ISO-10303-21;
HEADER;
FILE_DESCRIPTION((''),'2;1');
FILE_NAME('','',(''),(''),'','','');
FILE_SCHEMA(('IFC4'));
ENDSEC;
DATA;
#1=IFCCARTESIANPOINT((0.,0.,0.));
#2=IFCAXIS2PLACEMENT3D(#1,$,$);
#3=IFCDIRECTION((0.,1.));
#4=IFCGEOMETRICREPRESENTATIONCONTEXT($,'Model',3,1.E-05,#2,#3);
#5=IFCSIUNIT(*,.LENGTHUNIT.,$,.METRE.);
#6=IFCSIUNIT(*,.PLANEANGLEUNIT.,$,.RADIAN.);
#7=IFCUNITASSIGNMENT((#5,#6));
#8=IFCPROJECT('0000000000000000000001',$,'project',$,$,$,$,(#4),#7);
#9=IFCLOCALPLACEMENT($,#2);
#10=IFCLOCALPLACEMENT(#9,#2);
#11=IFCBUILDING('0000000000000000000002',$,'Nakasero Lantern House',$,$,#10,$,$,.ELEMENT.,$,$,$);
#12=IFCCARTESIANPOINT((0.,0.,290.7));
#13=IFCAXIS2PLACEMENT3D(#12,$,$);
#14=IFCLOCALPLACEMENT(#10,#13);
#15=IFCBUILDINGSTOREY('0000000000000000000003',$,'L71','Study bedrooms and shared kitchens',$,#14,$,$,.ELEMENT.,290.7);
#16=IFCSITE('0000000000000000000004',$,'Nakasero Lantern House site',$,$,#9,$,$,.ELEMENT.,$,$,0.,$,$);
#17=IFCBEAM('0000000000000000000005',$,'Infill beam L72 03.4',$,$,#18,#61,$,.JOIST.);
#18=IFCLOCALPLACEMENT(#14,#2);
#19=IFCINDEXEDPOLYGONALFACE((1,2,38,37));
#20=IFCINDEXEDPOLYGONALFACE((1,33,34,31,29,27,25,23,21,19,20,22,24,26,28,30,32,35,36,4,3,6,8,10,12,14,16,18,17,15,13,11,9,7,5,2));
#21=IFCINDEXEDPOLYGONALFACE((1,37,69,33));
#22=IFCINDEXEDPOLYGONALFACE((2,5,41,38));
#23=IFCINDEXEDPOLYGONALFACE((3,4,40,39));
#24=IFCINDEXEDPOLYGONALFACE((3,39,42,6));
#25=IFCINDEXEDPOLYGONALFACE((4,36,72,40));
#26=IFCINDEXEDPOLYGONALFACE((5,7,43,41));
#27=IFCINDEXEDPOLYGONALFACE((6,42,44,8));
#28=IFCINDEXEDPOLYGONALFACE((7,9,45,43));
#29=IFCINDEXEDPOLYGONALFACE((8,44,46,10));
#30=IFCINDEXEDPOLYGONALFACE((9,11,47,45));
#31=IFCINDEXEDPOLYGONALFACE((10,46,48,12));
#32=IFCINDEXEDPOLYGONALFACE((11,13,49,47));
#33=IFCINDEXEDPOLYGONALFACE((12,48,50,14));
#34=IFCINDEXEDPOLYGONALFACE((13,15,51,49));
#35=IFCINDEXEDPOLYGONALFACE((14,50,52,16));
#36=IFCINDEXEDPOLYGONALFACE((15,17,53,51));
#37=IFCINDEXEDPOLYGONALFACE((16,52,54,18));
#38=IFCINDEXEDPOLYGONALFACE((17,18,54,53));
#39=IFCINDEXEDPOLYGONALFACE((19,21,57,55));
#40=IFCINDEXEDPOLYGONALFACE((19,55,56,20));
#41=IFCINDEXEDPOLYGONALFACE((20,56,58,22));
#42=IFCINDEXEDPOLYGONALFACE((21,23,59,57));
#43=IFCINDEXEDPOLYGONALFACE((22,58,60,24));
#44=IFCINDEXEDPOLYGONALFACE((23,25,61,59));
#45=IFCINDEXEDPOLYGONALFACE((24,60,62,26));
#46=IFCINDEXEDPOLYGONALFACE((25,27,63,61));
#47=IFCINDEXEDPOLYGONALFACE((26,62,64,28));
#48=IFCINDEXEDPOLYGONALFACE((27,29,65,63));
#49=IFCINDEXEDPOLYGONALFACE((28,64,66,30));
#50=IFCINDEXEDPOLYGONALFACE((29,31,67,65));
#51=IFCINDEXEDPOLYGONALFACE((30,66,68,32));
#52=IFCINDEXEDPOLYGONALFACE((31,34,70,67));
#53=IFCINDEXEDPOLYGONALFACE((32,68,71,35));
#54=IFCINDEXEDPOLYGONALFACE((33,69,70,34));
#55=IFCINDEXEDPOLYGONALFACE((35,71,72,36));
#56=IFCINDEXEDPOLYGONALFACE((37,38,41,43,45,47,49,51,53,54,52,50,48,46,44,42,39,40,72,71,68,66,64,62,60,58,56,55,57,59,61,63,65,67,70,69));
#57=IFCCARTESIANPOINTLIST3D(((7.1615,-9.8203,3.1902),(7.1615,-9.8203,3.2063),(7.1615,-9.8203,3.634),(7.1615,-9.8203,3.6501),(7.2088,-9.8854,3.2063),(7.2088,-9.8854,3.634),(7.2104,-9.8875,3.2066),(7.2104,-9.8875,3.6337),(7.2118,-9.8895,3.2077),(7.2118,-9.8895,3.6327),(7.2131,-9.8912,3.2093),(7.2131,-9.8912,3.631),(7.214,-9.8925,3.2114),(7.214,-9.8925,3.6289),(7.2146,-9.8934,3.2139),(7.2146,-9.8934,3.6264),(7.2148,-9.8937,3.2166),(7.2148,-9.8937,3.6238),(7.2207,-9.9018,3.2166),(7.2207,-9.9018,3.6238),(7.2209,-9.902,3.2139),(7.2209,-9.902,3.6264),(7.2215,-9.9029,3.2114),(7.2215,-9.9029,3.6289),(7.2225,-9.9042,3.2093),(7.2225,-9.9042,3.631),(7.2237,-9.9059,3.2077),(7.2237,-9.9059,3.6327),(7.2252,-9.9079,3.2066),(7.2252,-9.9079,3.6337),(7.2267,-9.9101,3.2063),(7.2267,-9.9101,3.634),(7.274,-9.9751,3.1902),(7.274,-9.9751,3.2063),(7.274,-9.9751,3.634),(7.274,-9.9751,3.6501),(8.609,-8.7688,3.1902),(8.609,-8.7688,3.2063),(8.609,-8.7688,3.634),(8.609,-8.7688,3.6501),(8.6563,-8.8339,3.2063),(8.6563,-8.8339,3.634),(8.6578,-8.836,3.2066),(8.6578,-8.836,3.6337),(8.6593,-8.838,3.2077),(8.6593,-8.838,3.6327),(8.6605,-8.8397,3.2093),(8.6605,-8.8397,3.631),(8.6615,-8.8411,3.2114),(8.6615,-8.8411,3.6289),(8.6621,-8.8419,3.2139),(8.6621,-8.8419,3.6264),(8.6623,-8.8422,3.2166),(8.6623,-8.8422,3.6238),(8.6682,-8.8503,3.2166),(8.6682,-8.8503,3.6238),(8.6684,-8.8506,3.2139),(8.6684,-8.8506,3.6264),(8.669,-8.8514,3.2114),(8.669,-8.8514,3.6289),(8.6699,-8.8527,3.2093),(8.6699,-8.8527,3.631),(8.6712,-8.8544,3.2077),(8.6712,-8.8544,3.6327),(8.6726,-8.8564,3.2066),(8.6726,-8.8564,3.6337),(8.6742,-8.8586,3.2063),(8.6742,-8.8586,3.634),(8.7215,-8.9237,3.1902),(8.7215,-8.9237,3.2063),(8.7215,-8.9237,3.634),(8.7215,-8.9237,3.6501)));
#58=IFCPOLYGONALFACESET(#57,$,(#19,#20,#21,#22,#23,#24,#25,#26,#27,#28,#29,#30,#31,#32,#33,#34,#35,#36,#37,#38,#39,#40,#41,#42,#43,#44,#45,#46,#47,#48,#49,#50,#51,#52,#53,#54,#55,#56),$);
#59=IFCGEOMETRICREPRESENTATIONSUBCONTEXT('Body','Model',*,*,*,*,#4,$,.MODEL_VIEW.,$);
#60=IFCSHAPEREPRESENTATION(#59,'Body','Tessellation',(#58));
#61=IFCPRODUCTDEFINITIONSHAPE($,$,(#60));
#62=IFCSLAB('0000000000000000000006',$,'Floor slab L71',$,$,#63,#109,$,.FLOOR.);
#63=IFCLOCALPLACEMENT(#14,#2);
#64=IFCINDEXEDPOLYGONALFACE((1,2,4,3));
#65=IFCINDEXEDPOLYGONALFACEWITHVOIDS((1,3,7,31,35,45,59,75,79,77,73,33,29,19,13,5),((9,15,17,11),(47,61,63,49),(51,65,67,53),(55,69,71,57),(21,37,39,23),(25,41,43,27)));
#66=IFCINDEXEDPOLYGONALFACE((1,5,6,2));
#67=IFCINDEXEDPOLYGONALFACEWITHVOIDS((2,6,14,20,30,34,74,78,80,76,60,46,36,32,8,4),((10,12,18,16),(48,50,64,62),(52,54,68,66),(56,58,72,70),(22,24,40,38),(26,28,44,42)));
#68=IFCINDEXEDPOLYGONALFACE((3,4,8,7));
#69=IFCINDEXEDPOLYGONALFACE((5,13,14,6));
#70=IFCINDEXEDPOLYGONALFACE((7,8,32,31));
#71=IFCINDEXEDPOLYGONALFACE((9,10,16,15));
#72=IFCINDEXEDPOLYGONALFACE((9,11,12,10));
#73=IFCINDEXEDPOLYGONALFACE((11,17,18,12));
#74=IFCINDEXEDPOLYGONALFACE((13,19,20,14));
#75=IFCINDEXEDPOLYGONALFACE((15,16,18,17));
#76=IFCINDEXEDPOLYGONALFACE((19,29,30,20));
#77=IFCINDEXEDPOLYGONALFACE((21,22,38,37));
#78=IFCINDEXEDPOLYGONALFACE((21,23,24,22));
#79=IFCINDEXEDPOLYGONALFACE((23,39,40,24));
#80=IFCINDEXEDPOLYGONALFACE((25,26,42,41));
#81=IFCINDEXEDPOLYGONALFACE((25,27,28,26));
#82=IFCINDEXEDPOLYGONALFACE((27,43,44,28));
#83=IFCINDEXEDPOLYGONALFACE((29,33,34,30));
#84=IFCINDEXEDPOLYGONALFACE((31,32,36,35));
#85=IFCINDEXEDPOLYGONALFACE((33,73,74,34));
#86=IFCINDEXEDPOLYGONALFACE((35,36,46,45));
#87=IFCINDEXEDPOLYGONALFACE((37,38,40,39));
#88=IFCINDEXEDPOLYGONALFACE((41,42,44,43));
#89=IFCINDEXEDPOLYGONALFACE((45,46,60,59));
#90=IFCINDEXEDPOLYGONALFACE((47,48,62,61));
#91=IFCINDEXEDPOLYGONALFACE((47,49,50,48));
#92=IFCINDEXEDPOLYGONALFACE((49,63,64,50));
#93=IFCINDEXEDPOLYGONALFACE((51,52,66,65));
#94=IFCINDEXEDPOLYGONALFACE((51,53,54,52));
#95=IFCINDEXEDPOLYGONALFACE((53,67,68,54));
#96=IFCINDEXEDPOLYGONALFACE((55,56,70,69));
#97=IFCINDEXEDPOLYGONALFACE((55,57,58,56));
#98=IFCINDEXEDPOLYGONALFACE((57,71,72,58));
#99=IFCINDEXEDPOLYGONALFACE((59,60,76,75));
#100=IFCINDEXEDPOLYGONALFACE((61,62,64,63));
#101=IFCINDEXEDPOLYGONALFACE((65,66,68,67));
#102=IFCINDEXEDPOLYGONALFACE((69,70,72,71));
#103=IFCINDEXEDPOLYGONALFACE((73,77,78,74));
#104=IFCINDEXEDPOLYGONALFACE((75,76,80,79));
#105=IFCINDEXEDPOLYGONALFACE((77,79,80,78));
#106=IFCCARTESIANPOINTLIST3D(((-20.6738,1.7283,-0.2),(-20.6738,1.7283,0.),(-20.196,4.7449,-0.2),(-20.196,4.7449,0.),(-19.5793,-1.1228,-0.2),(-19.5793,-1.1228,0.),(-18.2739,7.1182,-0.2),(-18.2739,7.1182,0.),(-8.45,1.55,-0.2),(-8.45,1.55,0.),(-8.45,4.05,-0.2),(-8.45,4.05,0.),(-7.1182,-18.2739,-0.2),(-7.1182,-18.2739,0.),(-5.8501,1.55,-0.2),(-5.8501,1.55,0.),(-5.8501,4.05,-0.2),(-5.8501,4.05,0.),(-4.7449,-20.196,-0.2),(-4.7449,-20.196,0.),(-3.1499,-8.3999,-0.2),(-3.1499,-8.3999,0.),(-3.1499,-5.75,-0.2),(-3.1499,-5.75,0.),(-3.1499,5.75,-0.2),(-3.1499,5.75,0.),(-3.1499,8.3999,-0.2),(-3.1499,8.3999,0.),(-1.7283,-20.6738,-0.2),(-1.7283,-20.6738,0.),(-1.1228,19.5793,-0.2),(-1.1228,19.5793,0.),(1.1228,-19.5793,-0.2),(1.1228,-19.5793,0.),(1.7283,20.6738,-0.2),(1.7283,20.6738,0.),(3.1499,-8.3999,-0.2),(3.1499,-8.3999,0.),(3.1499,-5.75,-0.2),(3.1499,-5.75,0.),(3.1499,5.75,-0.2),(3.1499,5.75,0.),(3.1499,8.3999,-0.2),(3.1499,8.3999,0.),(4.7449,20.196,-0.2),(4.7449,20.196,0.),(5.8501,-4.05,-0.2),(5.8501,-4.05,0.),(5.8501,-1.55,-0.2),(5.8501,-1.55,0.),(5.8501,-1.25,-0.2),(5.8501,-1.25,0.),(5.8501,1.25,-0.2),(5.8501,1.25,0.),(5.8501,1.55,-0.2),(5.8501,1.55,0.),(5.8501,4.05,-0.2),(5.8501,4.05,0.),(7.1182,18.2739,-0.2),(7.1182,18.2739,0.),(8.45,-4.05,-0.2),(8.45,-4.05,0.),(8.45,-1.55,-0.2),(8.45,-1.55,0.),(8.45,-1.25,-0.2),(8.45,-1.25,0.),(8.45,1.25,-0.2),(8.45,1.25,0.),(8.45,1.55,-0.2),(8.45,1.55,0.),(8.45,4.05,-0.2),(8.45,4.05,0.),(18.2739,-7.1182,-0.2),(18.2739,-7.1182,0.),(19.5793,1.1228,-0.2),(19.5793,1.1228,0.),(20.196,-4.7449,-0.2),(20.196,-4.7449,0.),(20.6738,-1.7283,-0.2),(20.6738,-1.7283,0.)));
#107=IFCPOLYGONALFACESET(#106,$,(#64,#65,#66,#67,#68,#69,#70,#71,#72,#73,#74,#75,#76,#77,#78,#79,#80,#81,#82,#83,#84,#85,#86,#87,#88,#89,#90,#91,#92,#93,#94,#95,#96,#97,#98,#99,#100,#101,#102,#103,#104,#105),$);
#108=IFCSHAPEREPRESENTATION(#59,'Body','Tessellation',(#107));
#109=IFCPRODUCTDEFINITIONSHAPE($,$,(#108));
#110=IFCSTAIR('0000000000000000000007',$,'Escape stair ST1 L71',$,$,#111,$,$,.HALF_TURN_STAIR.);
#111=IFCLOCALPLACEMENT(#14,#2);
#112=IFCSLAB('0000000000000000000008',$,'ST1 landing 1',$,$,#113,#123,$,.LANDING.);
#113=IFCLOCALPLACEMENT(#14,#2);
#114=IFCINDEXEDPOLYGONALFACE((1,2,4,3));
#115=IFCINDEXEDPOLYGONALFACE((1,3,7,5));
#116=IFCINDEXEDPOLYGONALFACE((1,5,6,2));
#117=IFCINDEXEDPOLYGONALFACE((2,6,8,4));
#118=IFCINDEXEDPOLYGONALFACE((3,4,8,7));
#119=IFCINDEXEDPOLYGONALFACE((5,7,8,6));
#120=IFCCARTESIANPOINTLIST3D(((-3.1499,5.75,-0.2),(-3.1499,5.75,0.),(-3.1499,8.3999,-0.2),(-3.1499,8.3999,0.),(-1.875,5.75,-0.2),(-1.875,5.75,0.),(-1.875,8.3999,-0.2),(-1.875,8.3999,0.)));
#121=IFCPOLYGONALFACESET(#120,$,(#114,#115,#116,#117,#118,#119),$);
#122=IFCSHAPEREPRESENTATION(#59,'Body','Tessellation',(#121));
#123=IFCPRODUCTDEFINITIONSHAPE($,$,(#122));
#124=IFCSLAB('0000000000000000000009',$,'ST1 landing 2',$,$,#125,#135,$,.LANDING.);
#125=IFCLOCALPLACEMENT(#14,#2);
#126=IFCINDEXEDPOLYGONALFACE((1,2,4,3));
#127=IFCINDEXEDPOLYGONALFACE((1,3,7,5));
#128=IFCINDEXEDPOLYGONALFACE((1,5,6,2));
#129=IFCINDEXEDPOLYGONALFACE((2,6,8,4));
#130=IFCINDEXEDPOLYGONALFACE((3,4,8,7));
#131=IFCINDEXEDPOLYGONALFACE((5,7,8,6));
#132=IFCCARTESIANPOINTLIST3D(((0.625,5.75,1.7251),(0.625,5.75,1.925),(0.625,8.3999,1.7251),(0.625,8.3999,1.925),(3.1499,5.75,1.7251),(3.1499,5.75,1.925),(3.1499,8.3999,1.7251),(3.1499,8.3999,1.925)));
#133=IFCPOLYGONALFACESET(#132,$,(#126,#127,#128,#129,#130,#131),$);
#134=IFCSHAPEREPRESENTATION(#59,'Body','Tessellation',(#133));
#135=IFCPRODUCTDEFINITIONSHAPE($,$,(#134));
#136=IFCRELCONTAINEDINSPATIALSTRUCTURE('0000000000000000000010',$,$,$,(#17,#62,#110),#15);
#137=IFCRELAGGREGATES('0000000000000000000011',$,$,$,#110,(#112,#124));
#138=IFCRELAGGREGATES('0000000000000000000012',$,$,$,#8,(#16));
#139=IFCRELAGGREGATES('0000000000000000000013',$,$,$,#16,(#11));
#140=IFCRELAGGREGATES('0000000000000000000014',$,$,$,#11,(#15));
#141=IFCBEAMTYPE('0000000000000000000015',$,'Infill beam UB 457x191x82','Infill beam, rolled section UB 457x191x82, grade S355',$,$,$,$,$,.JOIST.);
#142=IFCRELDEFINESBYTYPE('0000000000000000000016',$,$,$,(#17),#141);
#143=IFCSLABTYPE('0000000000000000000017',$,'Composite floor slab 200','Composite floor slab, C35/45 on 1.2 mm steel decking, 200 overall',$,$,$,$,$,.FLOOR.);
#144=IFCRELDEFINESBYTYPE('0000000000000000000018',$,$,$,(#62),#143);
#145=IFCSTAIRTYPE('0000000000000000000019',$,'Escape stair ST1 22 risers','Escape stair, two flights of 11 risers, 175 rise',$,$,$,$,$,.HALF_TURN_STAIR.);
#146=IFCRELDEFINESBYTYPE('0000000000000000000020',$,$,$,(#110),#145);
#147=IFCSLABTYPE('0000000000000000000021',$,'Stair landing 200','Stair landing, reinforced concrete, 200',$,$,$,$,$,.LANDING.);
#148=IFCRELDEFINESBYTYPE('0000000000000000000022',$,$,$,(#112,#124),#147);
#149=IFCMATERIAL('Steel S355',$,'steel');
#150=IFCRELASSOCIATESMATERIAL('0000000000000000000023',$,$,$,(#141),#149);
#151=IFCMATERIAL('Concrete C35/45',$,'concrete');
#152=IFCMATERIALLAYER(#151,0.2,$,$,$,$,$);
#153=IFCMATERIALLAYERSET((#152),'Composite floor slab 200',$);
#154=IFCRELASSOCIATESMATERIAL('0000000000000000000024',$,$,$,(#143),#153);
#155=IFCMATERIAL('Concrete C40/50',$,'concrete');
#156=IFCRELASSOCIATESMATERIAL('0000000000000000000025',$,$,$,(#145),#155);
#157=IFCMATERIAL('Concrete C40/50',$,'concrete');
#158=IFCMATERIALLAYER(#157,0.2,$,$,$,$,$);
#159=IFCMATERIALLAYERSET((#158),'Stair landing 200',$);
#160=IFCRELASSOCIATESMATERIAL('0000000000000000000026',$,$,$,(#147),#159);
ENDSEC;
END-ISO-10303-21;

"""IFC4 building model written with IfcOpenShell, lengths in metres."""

from ifc_helpers import new_model, si_unit, direction, frame, origin, origin_2d, place, context, subcontext, project, spatial, polyline, i_section, outline, extrude, material, layer, layer_set, material_profile, profile_set, type_object, element, aggregate, save


model = new_model("IFC4")

# Units and contexts
model_context = context("Model", 3, precision=1e-05, world=origin(), true_north=direction((0.0, 1.0)))
body_context = subcontext(model_context, "Body", "Model", "MODEL_VIEW")
ifc_project = project(units=[si_unit("LENGTHUNIT", "METRE"), si_unit("PLANEANGLEUNIT", "RADIAN")], contexts=[model_context])

# Site, building, storey
site_placement = place(None, origin())
site = spatial("IfcSite", under=ifc_project, at=site_placement, Name="Nakasero Lantern House site", CompositionType="ELEMENT", RefElevation=0.0)
building_placement = place(site_placement, origin())
building = spatial("IfcBuilding", under=site, at=building_placement, Name="Nakasero Lantern House", CompositionType="ELEMENT")
storey_placement = place(building_placement, frame((0.0, 0.0, 290.7)))
storey = spatial("IfcBuildingStorey", under=building, at=storey_placement, Name="L71", Description="Study bedrooms and shared kitchens", CompositionType="ELEMENT", Elevation=290.7)

# Beam
ifc_material_1 = material(Name="Steel S355", Category="steel")
ifc_material_profile = material_profile(ifc_material_1, i_section(OverallWidth=0.1914, OverallDepth=0.46, WebThickness=0.01, FlangeThickness=0.0161, FilletRadius=0.0103, at=origin_2d()), Name="UB 457x191x82")
ifc_profile_set = profile_set([ifc_material_profile], Name="Steel S355")
beam_type = type_object("IfcBeamType", Name="Infill beam UB 457x191x82", Description="Infill beam, rolled section UB 457x191x82, grade S355", PredefinedType="JOIST", material=ifc_profile_set)
beam_placement = place(storey_placement, frame((7.2178, -9.8977, 3.4202), z_axis=(0.809061, 0.587725, 0.0), x_axis=(-0.587725, 0.809061, 0.0)))
element("IfcBeam", 1, at=beam_placement, inside=storey, type_object=beam_type, Name="Infill beam L72 03.4", PredefinedType="JOIST", context=body_context, shape_type="SweptSolid", body=[
    extrude(i_section(OverallWidth=0.1914, OverallDepth=0.46, WebThickness=0.01, FlangeThickness=0.0161, FilletRadius=0.0103, at=origin_2d()), origin(), (0.0, 0.0, 1.0), 1.7891),
])

# Slab
ifc_material_2 = material(Name="Concrete C35/45", Category="concrete")
ifc_layer_1 = layer(ifc_material_2, 0.2)
ifc_layer_set_1 = layer_set([ifc_layer_1], Name="Composite floor slab 200")
slab_type_1 = type_object("IfcSlabType", Name="Composite floor slab 200", Description="Composite floor slab, C35/45 on 1.2 mm steel decking, 200 overall", PredefinedType="FLOOR", material=ifc_layer_set_1)
slab_1_placement = place(storey_placement, frame((0.0, 0.0, -0.2)))
element("IfcSlab", 2, at=slab_1_placement, inside=storey, type_object=slab_type_1, Name="Floor slab L71", PredefinedType="FLOOR", context=body_context, shape_type="SweptSolid", body=[
    extrude(outline(polyline([(7.1182, 18.2739), (4.7449, 20.196), (1.7283, 20.6738), (-1.1228, 19.5793), (-18.2739, 7.1182), (-20.196, 4.7449), (-20.6738, 1.7283), (-19.5793, -1.1228), (-7.1182, -18.2739), (-4.7449, -20.196), (-1.7283, -20.6738), (1.1228, -19.5793), (18.2739, -7.1182), (20.196, -4.7449), (20.6738, -1.7283), (19.5793, 1.1228), (7.1182, 18.2739)]), holes=[polyline([(-8.45, 1.55), (-5.8501, 1.55), (-5.8501, 4.05), (-8.45, 4.05), (-8.45, 1.55)]), polyline([(5.8501, -4.05), (8.45, -4.05), (8.45, -1.55), (5.8501, -1.55), (5.8501, -4.05)]), polyline([(5.8501, -1.25), (8.45, -1.25), (8.45, 1.25), (5.8501, 1.25), (5.8501, -1.25)]), polyline([(5.8501, 1.55), (8.45, 1.55), (8.45, 4.05), (5.8501, 4.05), (5.8501, 1.55)]), polyline([(-3.1499, 5.75), (3.1499, 5.75), (3.1499, 8.3999), (-3.1499, 8.3999), (-3.1499, 5.75)]), polyline([(-3.1499, -8.3999), (3.1499, -8.3999), (3.1499, -5.75), (-3.1499, -5.75), (-3.1499, -8.3999)])]), origin(), (0.0, 0.0, 1.0), 0.2),
])

# Stair, slabs
ifc_material_3 = material(Name="Concrete C40/50", Category="concrete")
stair_type_1 = type_object("IfcStairType", Name="Escape stair ST1 22 risers", Description="Escape stair, two flights of 11 risers, 175 rise", PredefinedType="HALF_TURN_STAIR", material=ifc_material_3)
stair_1_placement = place(storey_placement, origin())
stair_1 = element("IfcStair", 3, at=stair_1_placement, inside=storey, type_object=stair_type_1, Name="Escape stair ST1 L71", PredefinedType="HALF_TURN_STAIR")
ifc_material_4 = material(Name="Concrete C40/50", Category="concrete")
ifc_layer_2 = layer(ifc_material_4, 0.2)
ifc_layer_set_2 = layer_set([ifc_layer_2], Name="Stair landing 200")
slab_type_2 = type_object("IfcSlabType", Name="Stair landing 200", Description="Stair landing, reinforced concrete, 200", PredefinedType="LANDING", material=ifc_layer_set_2)
slab_2_placement = place(storey_placement, frame((0.0, 0.0, -0.2)))
slab_2 = element("IfcSlab", 4, at=slab_2_placement, type_object=slab_type_2, Name="ST1 landing 1", PredefinedType="LANDING", context=body_context, shape_type="SweptSolid", body=[
    extrude(outline(polyline([(-3.1499, 5.75), (-1.875, 5.75), (-1.875, 8.3999), (-3.1499, 8.3999), (-3.1499, 5.75)])), origin(), (0.0, 0.0, 1.0), 0.2),
])
slab_3_placement = place(storey_placement, frame((0.0, 0.0, 1.7251)))
slab_3 = element("IfcSlab", 5, at=slab_3_placement, type_object=slab_type_2, Name="ST1 landing 2", PredefinedType="LANDING", context=body_context, shape_type="SweptSolid", body=[
    extrude(outline(polyline([(0.625, 5.75), (3.1499, 5.75), (3.1499, 8.3999), (0.625, 8.3999), (0.625, 5.75)])), origin(), (0.0, 0.0, 1.0), 0.2),
])
aggregate(stair_1, [slab_2, slab_3])

save(model, "model.ifc")
